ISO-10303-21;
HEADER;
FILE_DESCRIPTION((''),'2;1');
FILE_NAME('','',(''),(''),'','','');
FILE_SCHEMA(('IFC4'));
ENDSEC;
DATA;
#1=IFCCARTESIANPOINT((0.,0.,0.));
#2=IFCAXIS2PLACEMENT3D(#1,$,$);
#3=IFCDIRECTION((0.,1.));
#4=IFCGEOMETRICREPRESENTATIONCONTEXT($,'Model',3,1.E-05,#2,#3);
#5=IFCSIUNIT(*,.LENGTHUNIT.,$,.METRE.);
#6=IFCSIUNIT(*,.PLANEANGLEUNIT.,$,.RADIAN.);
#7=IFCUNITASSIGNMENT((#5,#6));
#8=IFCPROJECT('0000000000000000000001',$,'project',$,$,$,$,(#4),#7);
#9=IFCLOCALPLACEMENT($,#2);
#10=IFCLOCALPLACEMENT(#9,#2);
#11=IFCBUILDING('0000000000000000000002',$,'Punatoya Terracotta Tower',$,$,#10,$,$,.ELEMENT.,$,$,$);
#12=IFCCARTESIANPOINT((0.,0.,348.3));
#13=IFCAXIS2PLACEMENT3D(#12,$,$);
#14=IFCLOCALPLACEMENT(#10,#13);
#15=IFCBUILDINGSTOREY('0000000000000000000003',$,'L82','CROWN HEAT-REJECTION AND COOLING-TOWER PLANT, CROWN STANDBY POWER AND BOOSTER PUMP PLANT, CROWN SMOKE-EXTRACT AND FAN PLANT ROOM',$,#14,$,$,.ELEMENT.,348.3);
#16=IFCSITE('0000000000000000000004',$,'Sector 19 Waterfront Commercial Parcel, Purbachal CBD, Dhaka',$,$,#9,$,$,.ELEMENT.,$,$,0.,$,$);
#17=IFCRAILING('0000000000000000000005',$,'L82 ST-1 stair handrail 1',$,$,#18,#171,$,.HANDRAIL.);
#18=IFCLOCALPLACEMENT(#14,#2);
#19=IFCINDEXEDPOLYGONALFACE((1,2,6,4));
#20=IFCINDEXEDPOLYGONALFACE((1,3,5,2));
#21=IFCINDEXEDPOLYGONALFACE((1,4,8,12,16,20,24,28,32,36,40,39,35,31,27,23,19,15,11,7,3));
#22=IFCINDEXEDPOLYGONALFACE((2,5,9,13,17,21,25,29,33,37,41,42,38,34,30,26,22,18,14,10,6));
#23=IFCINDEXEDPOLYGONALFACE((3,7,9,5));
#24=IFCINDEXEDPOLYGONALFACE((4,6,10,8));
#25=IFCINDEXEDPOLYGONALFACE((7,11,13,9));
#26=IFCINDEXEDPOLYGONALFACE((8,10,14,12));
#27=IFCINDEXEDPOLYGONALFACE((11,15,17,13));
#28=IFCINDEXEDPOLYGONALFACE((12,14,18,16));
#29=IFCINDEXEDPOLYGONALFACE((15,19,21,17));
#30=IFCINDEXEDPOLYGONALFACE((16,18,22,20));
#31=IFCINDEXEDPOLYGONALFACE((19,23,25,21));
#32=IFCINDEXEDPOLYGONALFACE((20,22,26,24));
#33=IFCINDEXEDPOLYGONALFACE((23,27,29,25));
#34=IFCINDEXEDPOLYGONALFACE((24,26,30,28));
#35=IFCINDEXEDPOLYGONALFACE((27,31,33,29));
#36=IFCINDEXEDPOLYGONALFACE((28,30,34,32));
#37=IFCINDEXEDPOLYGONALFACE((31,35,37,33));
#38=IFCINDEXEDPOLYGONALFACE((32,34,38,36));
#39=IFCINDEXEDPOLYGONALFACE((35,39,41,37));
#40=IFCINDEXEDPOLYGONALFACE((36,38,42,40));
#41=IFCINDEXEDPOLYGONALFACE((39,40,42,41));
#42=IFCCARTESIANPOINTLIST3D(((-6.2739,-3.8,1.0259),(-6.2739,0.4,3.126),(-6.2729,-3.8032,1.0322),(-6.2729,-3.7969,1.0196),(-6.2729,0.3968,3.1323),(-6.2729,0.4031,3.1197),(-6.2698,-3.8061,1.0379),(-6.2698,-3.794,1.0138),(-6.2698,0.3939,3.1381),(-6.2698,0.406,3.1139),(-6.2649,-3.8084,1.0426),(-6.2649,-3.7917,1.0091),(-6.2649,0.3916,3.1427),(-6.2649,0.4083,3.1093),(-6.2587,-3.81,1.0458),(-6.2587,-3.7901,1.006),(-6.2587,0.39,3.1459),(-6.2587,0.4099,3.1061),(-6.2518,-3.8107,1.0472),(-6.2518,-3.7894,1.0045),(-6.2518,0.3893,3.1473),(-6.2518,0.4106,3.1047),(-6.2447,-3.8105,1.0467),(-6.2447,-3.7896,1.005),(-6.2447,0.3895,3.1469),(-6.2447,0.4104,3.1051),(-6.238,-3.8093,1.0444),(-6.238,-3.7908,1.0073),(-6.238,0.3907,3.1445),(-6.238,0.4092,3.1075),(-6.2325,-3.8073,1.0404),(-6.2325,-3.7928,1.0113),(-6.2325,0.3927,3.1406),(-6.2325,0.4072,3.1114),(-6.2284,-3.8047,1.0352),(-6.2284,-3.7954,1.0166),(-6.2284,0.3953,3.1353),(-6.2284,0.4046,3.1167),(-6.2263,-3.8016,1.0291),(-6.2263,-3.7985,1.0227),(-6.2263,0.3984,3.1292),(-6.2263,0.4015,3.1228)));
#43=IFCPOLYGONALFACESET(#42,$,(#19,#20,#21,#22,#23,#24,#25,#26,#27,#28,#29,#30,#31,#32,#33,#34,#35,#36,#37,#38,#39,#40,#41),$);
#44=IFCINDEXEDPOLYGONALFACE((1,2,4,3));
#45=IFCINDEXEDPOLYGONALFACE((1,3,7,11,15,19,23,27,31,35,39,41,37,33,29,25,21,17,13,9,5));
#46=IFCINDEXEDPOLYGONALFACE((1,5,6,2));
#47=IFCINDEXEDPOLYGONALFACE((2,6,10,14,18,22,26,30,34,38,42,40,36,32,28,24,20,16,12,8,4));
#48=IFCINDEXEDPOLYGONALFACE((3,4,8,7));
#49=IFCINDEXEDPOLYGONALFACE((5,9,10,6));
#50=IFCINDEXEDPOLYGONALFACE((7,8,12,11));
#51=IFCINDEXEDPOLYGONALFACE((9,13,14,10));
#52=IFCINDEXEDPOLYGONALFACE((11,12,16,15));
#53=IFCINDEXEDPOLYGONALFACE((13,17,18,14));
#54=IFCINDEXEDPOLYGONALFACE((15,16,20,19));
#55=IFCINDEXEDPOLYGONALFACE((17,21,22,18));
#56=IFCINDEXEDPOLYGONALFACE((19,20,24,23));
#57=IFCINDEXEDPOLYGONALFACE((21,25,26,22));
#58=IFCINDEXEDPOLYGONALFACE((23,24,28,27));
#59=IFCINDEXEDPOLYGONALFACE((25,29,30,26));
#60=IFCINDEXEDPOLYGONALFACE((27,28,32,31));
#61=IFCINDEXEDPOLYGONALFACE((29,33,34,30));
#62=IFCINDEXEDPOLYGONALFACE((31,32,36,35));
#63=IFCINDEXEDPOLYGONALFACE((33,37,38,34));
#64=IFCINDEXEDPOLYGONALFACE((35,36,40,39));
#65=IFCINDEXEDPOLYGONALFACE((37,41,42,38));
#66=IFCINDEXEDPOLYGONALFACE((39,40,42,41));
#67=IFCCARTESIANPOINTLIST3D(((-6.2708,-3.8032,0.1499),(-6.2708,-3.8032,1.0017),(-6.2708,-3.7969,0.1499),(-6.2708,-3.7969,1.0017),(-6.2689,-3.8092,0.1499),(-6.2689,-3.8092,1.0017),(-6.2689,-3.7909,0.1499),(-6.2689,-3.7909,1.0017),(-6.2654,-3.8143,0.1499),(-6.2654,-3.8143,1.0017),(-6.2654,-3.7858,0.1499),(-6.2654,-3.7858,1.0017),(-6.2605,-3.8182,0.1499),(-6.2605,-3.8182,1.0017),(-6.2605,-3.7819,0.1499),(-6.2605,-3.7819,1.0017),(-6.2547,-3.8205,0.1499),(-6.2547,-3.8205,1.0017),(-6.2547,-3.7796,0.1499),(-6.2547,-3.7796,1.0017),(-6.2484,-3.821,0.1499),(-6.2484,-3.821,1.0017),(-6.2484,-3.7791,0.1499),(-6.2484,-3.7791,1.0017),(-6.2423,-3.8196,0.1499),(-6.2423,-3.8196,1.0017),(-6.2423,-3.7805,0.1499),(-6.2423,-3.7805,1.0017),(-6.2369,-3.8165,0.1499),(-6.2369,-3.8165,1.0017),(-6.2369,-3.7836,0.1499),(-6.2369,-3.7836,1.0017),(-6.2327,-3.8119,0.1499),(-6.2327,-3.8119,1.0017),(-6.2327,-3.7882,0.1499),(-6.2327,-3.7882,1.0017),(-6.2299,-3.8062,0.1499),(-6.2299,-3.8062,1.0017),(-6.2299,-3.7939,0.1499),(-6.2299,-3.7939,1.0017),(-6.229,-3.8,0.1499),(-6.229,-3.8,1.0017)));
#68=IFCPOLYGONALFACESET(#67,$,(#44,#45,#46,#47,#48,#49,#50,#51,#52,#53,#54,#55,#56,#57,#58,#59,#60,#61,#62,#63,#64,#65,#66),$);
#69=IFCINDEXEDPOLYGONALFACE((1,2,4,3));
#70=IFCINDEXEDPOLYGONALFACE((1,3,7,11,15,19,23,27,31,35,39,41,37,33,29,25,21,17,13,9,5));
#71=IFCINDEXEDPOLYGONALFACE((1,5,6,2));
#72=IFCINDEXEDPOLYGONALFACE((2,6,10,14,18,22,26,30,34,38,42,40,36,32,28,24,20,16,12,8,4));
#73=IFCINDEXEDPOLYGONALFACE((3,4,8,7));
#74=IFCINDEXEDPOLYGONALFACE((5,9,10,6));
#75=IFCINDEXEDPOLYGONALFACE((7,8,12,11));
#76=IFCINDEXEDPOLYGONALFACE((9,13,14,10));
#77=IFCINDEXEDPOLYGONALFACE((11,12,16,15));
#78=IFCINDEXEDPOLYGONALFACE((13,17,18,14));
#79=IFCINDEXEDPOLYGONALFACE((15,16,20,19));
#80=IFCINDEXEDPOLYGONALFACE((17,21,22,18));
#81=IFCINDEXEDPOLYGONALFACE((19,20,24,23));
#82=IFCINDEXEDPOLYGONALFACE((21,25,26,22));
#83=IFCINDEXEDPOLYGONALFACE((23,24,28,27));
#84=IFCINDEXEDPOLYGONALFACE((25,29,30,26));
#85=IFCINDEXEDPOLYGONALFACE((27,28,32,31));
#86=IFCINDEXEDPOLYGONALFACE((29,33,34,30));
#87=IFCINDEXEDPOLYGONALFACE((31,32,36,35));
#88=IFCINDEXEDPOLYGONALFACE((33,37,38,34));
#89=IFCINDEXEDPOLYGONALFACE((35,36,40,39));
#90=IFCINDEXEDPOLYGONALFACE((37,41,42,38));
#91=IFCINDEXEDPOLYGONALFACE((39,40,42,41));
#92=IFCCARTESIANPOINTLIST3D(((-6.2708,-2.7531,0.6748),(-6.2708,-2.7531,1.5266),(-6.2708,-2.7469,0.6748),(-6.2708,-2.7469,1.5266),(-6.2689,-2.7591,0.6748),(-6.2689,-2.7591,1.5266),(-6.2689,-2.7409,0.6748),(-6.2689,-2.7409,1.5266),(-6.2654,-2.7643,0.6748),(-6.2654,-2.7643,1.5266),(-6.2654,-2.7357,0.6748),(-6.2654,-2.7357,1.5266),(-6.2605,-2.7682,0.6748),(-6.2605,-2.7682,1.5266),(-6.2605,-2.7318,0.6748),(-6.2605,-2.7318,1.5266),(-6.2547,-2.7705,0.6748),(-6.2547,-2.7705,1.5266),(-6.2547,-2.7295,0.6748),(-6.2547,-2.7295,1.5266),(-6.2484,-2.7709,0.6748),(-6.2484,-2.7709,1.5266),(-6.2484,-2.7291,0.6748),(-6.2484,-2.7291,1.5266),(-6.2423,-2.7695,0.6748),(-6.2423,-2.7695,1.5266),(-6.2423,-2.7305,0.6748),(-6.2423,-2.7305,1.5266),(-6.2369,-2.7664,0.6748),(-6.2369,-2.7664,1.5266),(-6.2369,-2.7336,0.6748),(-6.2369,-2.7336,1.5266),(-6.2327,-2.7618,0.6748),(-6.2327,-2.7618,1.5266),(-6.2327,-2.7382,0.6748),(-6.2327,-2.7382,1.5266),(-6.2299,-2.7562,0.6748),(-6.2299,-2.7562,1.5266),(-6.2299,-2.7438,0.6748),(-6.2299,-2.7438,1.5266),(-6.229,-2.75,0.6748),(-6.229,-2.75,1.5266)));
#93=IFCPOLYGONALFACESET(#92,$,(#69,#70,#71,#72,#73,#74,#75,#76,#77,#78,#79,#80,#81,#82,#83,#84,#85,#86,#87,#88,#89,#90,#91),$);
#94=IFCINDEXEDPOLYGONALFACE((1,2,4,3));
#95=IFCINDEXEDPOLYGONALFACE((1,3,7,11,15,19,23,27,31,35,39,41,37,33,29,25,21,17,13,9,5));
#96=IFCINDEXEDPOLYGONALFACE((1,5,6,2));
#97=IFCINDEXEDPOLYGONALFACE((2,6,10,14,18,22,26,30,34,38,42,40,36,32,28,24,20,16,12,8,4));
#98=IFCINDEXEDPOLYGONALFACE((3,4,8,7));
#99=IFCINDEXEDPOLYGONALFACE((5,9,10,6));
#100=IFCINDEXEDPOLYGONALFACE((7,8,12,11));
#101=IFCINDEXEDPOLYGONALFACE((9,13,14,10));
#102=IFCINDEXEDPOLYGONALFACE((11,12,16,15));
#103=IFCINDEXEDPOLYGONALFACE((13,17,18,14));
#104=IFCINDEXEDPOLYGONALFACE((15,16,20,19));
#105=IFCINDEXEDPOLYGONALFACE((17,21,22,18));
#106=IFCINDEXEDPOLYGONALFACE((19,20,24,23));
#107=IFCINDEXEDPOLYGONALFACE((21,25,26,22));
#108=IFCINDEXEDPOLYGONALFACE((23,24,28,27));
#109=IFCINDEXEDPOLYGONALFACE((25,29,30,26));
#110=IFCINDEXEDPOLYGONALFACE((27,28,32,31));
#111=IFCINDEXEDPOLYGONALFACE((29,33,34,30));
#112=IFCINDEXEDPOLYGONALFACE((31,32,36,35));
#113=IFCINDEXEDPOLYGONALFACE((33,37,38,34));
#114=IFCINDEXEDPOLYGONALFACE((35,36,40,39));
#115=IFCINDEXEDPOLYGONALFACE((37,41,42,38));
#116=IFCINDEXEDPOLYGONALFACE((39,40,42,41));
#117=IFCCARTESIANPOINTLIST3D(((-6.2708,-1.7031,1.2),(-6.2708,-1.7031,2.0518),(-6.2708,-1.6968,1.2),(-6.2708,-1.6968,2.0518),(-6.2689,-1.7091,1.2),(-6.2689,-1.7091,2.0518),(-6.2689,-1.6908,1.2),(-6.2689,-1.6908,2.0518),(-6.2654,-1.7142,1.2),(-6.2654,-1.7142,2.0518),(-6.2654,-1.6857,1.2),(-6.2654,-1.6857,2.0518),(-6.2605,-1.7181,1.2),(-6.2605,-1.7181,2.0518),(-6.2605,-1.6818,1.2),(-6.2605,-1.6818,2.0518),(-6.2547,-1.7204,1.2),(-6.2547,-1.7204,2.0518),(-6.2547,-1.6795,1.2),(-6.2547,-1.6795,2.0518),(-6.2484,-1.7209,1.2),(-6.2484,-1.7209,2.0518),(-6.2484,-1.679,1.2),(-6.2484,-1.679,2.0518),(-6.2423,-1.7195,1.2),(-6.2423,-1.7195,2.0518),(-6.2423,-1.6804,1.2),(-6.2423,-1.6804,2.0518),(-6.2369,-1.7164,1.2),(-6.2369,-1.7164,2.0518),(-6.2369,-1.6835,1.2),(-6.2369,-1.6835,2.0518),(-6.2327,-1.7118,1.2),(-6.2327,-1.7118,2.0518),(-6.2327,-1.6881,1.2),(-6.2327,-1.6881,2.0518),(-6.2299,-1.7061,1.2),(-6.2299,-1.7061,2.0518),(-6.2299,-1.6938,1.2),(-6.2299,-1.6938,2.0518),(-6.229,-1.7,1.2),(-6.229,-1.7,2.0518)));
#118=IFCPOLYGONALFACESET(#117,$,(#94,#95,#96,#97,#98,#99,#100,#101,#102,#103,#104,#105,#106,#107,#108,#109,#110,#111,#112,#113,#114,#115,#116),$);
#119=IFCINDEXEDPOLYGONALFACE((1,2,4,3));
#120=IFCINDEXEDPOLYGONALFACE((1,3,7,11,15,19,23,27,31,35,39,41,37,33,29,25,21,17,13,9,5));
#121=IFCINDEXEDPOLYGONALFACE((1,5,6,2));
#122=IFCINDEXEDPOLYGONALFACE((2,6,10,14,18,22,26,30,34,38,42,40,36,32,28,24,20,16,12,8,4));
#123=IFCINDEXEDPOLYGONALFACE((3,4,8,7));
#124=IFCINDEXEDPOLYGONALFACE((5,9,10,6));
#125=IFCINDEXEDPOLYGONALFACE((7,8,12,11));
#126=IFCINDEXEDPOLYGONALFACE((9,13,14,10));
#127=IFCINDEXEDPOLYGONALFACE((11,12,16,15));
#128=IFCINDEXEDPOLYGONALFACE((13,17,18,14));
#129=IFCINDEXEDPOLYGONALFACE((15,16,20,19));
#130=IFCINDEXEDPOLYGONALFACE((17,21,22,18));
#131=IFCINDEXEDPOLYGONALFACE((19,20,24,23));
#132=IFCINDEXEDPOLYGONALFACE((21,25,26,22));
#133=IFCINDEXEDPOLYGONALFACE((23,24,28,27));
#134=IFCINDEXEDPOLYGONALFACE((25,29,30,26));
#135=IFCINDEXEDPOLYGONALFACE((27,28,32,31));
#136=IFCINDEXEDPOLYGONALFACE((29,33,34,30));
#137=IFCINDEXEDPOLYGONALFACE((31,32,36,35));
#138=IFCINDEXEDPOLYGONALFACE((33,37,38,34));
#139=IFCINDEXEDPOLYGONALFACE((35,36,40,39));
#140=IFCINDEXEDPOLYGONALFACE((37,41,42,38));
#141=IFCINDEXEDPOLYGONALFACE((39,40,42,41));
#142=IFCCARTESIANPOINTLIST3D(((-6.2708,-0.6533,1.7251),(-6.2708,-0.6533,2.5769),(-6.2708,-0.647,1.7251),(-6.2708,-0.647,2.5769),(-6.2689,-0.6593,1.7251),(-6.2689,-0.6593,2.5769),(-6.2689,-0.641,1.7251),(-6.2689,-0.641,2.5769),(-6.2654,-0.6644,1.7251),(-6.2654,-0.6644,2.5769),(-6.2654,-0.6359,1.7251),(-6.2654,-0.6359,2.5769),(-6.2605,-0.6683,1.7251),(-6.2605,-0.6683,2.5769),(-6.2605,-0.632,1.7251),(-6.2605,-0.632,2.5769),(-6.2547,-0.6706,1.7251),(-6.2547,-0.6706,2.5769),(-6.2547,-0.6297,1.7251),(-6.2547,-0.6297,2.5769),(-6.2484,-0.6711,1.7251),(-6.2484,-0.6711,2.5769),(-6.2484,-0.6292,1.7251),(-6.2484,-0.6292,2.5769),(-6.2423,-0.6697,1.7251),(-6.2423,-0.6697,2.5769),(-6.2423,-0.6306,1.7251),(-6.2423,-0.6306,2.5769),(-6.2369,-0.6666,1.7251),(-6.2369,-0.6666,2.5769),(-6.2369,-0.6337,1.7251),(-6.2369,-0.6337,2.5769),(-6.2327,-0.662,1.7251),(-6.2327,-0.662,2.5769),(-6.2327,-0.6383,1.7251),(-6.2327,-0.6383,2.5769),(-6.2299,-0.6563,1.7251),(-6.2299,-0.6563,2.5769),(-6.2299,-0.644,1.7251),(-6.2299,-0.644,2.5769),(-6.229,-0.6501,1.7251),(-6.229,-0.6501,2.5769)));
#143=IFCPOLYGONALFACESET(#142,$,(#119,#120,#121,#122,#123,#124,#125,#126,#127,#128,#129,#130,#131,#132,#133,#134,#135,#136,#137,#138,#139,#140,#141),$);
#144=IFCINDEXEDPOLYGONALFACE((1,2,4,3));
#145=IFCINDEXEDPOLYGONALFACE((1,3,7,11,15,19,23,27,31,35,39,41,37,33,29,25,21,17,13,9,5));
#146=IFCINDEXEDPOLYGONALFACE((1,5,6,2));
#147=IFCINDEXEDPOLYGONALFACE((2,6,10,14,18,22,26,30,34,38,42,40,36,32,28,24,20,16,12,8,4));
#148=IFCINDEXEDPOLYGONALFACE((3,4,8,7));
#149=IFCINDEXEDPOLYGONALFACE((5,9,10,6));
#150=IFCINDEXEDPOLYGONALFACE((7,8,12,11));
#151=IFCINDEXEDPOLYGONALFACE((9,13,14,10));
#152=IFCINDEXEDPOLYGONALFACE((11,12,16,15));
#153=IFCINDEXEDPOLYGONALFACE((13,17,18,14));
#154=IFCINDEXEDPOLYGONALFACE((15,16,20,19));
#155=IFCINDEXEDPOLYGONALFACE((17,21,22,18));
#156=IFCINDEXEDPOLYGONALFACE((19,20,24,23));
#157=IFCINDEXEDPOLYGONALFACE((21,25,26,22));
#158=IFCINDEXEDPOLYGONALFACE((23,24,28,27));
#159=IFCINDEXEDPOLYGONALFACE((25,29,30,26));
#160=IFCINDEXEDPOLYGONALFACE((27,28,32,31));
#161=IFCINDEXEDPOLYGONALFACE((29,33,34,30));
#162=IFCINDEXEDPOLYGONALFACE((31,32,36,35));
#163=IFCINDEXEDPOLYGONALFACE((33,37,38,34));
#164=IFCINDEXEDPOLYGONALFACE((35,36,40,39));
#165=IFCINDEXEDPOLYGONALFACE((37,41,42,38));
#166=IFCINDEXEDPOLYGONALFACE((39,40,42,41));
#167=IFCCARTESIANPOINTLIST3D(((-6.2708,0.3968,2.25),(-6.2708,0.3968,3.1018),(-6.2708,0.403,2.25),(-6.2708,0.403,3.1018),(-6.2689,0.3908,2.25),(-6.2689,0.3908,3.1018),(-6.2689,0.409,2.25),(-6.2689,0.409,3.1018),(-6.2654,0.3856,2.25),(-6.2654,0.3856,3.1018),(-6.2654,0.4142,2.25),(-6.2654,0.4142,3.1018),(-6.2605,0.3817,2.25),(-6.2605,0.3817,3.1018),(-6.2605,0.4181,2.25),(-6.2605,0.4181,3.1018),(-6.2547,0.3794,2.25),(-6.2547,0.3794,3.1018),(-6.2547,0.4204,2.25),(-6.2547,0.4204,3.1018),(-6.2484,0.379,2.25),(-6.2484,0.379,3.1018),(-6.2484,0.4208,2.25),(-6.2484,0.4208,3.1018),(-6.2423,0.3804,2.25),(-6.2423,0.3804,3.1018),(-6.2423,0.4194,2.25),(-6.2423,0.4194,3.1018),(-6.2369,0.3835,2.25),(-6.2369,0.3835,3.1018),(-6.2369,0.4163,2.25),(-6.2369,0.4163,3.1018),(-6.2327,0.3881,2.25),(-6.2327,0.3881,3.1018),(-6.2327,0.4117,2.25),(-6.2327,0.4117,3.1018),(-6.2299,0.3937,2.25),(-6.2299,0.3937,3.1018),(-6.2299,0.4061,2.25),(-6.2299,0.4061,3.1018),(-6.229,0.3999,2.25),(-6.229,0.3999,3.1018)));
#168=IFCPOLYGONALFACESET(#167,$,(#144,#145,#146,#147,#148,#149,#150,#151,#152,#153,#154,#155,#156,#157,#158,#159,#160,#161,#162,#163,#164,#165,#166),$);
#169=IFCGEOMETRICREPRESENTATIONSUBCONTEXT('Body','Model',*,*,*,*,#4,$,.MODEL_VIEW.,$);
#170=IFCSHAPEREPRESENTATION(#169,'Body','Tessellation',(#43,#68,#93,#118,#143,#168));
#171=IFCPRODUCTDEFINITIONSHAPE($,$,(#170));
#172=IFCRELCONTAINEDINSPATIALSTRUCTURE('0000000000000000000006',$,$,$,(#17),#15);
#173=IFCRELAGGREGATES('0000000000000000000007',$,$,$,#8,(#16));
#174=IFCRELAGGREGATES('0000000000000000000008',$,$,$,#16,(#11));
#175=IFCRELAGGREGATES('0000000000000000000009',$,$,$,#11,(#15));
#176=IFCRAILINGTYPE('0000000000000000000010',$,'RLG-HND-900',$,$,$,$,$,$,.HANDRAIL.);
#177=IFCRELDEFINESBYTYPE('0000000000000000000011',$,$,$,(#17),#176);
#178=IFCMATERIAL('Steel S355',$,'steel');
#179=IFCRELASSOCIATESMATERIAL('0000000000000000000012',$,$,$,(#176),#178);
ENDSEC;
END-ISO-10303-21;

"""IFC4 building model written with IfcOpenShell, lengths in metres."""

from ifc_helpers import new_model, si_unit, direction, frame, origin, origin_2d, place, context, subcontext, project, spatial, circle, extrude, material, type_object, element, save


model = new_model("IFC4")

# Units and contexts
model_context = context("Model", 3, precision=1e-05, world=origin(), true_north=direction((0.0, 1.0)))
body_context = subcontext(model_context, "Body", "Model", "MODEL_VIEW")
ifc_project = project(units=[si_unit("LENGTHUNIT", "METRE"), si_unit("PLANEANGLEUNIT", "RADIAN")], contexts=[model_context])

# Site, building, storey
site_placement = place(None, origin())
site = spatial("IfcSite", under=ifc_project, at=site_placement, Name="Sector 19 Waterfront Commercial Parcel, Purbachal CBD, Dhaka", CompositionType="ELEMENT", RefElevation=0.0)
building_placement = place(site_placement, origin())
building = spatial("IfcBuilding", under=site, at=building_placement, Name="Punatoya Terracotta Tower", CompositionType="ELEMENT")
storey_placement = place(building_placement, frame((0.0, 0.0, 348.3)))
storey = spatial("IfcBuildingStorey", under=building, at=storey_placement, Name="L82", Description="CROWN HEAT-REJECTION AND COOLING-TOWER PLANT, CROWN STANDBY POWER AND BOOSTER PUMP PLANT, CROWN SMOKE-EXTRACT AND FAN PLANT ROOM", CompositionType="ELEMENT", Elevation=348.3)

# Railing
ifc_material_1 = material(Name="Steel S355", Category="steel")
railing_type_1 = type_object("IfcRailingType", Name="RLG-HND-900", PredefinedType="HANDRAIL", material=ifc_material_1)
railing_1_placement = place(storey_placement, frame((-6.25, -3.8, 0.1499)))
element("IfcRailing", 1, at=railing_1_placement, inside=storey, type_object=railing_type_1, Name="L82 ST-1 stair handrail 1", PredefinedType="HANDRAIL", context=body_context, shape_type="SweptSolid", body=[
    extrude(circle(Radius=0.0239, at=origin_2d()), frame((0.0, 0.0, 0.876), z_axis=(0.0, 0.894417, 0.447234), x_axis=(-1.0, 0.0, 0.0)), (0.0, 0.0, 1.0), 4.6958),
    extrude(circle(Radius=0.021, at=origin_2d()), origin(), (0.0, 0.0, 1.0), 0.8518),
    extrude(circle(Radius=0.021, at=origin_2d()), frame((0.0, 1.05, 0.5249)), (0.0, 0.0, 1.0), 0.8518),
    extrude(circle(Radius=0.021, at=origin_2d()), frame((0.0, 2.1001, 1.05)), (0.0, 0.0, 1.0), 0.8518),
    extrude(circle(Radius=0.021, at=origin_2d()), frame((0.0, 3.1499, 1.5752)), (0.0, 0.0, 1.0), 0.8518),
    extrude(circle(Radius=0.021, at=origin_2d()), frame((0.0, 4.2, 2.1001)), (0.0, 0.0, 1.0), 0.8518),
])

save(model, "model.ifc")
